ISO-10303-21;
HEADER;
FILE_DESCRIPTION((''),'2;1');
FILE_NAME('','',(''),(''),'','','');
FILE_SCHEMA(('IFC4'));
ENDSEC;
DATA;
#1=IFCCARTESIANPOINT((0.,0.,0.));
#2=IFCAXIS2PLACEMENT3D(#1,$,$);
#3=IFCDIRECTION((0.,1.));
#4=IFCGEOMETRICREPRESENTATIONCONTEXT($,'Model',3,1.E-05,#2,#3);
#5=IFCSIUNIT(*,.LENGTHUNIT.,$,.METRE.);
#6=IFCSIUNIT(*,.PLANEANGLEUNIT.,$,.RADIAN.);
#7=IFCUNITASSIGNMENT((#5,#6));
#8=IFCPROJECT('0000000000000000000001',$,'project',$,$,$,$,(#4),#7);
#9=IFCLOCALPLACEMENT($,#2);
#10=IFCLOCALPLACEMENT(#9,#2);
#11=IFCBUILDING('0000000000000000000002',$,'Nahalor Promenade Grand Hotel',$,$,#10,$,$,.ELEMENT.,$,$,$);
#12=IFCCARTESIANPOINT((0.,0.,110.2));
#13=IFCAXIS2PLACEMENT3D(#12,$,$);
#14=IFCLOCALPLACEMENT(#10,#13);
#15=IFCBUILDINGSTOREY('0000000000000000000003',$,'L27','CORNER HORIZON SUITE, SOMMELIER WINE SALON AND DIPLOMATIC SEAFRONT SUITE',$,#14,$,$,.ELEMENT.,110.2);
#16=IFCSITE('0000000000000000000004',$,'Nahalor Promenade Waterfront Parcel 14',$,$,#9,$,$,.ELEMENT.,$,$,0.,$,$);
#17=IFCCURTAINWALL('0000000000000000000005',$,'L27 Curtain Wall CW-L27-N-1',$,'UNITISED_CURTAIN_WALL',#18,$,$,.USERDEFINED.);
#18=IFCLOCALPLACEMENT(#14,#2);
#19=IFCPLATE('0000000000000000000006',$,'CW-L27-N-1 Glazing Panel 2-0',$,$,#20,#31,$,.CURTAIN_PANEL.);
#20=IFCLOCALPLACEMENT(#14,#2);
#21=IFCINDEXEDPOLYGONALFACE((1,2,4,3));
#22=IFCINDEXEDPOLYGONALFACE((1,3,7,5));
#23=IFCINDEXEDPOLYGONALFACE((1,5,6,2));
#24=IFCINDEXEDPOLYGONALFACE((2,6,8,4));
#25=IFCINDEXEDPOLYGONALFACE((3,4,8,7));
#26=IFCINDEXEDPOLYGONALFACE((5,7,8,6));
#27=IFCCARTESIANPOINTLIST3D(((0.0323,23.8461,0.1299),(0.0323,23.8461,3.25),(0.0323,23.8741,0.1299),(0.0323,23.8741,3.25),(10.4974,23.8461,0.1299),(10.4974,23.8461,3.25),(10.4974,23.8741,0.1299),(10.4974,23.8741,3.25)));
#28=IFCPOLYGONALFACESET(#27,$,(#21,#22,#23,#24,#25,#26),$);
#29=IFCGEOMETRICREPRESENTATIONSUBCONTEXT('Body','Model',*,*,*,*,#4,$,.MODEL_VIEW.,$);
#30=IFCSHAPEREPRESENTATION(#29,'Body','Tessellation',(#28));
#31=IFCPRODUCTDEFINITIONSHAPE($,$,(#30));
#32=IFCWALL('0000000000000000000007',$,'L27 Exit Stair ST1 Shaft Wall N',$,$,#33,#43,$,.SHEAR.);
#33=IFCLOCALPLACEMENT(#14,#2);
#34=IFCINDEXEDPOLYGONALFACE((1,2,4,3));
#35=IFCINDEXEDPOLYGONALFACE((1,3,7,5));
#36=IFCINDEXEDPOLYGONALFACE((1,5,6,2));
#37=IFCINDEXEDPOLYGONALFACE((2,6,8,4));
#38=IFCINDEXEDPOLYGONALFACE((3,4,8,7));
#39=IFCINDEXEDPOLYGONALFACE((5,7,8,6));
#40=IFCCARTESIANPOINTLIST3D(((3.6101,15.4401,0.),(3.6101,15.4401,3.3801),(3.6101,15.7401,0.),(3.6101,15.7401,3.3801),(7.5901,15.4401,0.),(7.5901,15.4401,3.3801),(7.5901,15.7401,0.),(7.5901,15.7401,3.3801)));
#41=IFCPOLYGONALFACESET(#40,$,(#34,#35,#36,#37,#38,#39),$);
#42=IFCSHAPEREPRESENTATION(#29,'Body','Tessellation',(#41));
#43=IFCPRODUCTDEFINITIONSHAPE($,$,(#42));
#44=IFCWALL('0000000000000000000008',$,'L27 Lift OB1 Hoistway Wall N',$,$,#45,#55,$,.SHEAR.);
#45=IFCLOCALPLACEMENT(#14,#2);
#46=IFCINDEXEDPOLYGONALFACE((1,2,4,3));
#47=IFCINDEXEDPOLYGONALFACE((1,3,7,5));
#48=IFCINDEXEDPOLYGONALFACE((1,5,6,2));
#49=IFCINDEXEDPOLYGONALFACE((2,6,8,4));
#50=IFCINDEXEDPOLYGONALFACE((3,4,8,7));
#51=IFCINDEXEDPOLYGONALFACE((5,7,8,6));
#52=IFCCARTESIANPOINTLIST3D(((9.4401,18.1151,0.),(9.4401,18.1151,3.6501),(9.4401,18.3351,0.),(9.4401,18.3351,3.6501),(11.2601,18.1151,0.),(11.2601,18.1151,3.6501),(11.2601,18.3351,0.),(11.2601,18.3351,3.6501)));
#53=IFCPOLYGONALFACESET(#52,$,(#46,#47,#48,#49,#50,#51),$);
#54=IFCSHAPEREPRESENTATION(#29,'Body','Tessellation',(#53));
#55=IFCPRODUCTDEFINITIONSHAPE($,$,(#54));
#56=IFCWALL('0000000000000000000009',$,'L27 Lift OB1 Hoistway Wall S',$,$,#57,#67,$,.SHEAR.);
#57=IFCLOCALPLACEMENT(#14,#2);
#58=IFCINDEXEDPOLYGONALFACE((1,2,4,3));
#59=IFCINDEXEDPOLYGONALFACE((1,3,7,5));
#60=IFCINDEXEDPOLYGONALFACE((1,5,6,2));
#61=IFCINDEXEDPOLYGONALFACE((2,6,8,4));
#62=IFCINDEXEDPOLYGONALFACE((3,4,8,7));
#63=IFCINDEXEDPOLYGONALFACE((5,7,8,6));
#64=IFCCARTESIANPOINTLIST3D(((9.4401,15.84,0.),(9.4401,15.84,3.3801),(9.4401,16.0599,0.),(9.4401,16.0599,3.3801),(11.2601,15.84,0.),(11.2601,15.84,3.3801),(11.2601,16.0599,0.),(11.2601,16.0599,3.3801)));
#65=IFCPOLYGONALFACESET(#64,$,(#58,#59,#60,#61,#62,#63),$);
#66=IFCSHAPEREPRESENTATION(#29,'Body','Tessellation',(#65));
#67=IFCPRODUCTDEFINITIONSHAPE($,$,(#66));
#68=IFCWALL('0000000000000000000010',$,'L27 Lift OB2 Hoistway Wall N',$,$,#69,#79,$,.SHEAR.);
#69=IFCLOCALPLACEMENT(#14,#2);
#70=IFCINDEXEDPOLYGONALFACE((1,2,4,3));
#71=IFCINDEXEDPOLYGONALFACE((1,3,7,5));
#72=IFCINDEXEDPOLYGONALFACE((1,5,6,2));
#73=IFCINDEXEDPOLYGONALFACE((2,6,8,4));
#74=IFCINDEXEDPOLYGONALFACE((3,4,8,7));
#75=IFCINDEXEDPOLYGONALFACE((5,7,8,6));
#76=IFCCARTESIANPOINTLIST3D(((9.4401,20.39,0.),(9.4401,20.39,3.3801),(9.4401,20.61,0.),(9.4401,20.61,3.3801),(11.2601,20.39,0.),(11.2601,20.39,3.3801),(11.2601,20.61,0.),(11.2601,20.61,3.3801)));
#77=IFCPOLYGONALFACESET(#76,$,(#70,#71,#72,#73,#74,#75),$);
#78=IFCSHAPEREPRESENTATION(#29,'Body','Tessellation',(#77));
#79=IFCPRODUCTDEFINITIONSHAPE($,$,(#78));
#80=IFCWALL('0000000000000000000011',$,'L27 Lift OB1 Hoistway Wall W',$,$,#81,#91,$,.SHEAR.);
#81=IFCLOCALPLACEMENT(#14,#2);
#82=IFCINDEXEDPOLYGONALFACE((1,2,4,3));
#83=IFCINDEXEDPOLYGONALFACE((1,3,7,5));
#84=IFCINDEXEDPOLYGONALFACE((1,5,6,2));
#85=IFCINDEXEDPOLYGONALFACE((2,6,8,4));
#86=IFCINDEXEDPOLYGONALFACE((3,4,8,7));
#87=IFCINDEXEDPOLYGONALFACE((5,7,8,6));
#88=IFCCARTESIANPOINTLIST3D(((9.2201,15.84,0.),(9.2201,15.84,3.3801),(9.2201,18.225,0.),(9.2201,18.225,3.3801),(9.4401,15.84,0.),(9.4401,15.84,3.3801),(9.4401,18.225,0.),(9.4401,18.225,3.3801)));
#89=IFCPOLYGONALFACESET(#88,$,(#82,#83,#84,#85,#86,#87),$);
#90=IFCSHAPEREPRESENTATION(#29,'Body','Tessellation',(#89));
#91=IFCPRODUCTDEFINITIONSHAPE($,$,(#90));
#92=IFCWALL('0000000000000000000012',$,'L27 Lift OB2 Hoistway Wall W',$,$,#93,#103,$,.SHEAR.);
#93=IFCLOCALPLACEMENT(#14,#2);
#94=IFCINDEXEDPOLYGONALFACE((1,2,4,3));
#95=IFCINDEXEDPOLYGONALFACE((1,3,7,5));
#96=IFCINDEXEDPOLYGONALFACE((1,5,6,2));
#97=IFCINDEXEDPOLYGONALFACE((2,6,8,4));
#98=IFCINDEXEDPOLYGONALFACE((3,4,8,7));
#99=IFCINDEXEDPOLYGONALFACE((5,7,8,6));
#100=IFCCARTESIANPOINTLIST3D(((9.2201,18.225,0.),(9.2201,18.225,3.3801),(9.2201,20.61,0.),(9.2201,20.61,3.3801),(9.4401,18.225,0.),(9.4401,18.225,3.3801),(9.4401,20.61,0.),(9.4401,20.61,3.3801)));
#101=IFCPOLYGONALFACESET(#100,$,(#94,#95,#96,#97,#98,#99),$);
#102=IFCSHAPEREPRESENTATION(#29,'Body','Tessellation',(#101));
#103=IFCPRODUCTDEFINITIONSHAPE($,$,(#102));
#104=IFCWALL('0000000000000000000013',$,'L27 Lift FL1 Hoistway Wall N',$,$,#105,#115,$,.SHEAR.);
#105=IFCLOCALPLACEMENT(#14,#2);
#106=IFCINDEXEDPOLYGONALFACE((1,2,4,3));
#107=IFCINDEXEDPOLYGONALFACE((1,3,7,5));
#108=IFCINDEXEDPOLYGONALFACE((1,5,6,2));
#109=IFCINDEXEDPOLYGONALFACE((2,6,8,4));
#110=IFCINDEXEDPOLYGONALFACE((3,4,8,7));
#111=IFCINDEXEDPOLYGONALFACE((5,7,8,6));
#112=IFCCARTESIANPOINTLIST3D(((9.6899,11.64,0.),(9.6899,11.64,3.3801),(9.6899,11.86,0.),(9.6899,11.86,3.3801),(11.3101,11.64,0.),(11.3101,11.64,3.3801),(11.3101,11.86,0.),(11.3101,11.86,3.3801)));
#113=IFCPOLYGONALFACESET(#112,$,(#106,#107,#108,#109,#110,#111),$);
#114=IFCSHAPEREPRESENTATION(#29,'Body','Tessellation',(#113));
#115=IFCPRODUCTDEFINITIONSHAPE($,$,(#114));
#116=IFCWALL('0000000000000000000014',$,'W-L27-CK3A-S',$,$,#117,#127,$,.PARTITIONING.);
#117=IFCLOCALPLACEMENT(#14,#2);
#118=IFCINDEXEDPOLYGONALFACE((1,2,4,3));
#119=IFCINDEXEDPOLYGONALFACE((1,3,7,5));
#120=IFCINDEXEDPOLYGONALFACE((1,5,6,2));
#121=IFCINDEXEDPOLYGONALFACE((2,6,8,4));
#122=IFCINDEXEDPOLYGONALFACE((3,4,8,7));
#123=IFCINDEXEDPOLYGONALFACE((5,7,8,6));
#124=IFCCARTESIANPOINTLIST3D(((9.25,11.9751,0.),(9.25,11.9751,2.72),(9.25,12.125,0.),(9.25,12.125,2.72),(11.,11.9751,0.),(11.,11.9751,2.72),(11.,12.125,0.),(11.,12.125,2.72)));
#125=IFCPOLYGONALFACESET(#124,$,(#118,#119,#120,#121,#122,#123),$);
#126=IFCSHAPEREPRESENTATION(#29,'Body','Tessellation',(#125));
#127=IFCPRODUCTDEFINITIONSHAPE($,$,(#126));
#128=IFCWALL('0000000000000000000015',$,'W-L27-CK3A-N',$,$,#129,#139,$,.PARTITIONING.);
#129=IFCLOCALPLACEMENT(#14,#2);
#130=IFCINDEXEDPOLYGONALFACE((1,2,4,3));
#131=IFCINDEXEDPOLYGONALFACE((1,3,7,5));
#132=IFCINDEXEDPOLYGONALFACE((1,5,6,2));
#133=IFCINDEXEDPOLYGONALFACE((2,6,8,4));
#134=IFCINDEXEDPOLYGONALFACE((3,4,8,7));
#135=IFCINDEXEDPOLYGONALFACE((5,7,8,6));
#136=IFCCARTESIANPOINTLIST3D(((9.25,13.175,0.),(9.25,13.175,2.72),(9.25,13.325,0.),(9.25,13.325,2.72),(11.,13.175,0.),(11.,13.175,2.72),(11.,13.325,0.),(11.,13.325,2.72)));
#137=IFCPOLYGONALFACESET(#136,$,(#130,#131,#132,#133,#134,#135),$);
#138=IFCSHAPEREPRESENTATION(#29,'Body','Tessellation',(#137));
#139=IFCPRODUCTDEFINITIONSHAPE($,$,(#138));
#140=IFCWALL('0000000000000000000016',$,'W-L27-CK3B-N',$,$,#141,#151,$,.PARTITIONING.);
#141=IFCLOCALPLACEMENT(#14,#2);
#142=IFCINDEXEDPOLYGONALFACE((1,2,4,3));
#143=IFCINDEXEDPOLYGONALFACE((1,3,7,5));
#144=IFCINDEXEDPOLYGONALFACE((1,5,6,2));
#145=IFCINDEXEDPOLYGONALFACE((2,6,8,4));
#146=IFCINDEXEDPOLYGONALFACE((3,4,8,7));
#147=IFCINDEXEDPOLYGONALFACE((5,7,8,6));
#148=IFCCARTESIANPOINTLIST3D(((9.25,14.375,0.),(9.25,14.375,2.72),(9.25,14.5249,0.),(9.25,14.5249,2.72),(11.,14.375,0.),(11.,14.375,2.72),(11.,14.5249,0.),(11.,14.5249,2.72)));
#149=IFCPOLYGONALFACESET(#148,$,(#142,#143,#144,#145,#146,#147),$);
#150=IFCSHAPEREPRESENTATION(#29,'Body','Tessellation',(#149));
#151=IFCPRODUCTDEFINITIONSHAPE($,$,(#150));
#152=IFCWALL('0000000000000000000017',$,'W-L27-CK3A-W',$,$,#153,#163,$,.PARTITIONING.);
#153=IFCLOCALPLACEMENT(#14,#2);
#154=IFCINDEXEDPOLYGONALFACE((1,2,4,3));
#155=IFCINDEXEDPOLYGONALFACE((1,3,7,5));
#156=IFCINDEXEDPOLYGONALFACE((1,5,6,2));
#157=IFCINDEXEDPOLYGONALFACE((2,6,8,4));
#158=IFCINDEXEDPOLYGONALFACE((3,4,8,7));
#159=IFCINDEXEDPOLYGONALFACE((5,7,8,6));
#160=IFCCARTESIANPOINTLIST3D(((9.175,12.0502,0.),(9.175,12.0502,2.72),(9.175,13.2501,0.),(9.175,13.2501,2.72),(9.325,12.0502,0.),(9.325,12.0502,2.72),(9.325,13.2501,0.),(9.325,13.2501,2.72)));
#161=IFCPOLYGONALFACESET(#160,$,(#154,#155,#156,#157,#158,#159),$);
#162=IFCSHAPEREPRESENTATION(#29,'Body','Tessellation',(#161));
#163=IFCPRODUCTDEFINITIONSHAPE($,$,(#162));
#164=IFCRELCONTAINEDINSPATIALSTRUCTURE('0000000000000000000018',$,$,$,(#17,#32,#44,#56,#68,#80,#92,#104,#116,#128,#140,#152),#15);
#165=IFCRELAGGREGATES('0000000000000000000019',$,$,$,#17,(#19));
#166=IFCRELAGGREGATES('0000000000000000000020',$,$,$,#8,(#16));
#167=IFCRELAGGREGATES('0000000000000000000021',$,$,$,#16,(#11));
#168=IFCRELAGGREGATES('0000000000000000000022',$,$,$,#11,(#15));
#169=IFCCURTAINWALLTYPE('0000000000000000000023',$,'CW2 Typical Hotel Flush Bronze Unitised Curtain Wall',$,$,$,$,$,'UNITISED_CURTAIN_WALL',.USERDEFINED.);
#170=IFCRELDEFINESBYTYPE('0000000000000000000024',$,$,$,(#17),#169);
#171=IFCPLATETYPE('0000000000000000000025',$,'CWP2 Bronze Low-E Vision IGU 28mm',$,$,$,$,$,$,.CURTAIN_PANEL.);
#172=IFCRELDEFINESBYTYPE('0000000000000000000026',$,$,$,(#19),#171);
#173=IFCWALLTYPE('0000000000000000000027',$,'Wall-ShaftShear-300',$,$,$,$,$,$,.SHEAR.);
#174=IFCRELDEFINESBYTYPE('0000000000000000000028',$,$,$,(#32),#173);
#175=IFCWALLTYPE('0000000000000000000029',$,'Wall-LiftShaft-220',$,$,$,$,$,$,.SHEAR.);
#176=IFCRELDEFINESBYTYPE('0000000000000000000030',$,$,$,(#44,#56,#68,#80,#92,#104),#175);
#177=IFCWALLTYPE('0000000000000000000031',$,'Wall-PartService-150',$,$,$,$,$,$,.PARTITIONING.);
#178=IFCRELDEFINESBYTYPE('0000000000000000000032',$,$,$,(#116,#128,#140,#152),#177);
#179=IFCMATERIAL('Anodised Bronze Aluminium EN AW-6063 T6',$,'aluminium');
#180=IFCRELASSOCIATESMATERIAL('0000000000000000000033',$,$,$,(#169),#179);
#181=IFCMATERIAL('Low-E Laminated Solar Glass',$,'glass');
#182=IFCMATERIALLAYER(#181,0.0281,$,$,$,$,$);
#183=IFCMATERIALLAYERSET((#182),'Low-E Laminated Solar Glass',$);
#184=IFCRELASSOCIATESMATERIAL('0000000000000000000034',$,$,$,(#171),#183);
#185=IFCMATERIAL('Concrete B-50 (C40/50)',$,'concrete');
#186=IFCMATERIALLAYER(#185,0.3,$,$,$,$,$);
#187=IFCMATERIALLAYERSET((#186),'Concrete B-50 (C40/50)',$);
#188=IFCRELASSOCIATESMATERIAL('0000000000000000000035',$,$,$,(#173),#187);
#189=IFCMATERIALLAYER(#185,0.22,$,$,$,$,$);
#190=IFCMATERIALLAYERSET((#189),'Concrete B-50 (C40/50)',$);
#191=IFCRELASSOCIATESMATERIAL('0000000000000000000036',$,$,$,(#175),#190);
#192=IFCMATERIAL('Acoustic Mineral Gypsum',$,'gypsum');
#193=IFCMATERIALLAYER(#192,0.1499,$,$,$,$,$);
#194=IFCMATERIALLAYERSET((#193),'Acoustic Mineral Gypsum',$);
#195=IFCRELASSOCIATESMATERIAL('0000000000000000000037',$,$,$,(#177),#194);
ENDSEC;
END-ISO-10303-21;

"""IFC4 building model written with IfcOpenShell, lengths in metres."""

from ifc_helpers import new_model, si_unit, direction, frame, frame_2d, origin, origin_2d, place, context, subcontext, project, spatial, rectangle, extrude, source, transform, mapped, material, layer, layer_set, type_object, element, aggregate, save


model = new_model("IFC4")

# Units and contexts
model_context = context("Model", 3, precision=1e-05, world=origin(), true_north=direction((0.0, 1.0)))
body_context = subcontext(model_context, "Body", "Model", "MODEL_VIEW")
ifc_project = project(units=[si_unit("LENGTHUNIT", "METRE"), si_unit("PLANEANGLEUNIT", "RADIAN")], contexts=[model_context])

# Site, building, storey
site_placement = place(None, origin())
site = spatial("IfcSite", under=ifc_project, at=site_placement, Name="Nahalor Promenade Waterfront Parcel 14", CompositionType="ELEMENT", RefElevation=0.0)
building_placement = place(site_placement, origin())
building = spatial("IfcBuilding", under=site, at=building_placement, Name="Nahalor Promenade Grand Hotel", CompositionType="ELEMENT")
storey_placement = place(building_placement, frame((0.0, 0.0, 110.2)))
storey = spatial("IfcBuildingStorey", under=building, at=storey_placement, Name="L27", Description="CORNER HORIZON SUITE, SOMMELIER WINE SALON AND DIPLOMATIC SEAFRONT SUITE", CompositionType="ELEMENT", Elevation=110.2)

# Curtain wall, plate
ifc_material_1 = material(Name="Anodised Bronze Aluminium EN AW-6063 T6", Category="aluminium")
curtain_wall_type = type_object("IfcCurtainWallType", Name="CW2 Typical Hotel Flush Bronze Unitised Curtain Wall", ElementType="UNITISED_CURTAIN_WALL", PredefinedType="USERDEFINED", material=ifc_material_1)
curtain_wall_placement = place(storey_placement, origin())
curtain_wall = element("IfcCurtainWall", 1, at=curtain_wall_placement, inside=storey, type_object=curtain_wall_type, Name="L27 Curtain Wall CW-L27-N-1", ObjectType="UNITISED_CURTAIN_WALL", PredefinedType="USERDEFINED")
ifc_material_2 = material(Name="Low-E Laminated Solar Glass", Category="glass")
ifc_layer_1 = layer(ifc_material_2, 0.0281)
ifc_layer_set_1 = layer_set([ifc_layer_1], Name="Low-E Laminated Solar Glass")
plate_type = type_object("IfcPlateType", Name="CWP2 Bronze Low-E Vision IGU 28mm", PredefinedType="CURTAIN_PANEL", material=ifc_layer_set_1)
shared_shape_1 = source(origin(), body_context, "Body", "SweptSolid", [
    extrude(rectangle(XDim=10.4651, YDim=0.0281, at=origin_2d()), origin(), (0.0, 0.0, 1.0), 3.1201),
])
plate_placement = place(storey_placement, frame((5.2649, 23.8601, 0.1299), z_axis=(0.0, 0.0, 1.0), x_axis=(1.0, 0.0, 0.0)))
plate = element("IfcPlate", 2, at=plate_placement, type_object=plate_type, Name="CW-L27-N-1 Glazing Panel 2-0", PredefinedType="CURTAIN_PANEL", context=body_context, shape_type="MappedRepresentation", body=[
    mapped(shared_shape_1, transform((0.0, 0.0, 0.0), scale=1.0)),
])
aggregate(curtain_wall, [plate])

# Walls
ifc_material_3 = material(Name="Concrete B-50 (C40/50)", Category="concrete")
ifc_layer_2 = layer(ifc_material_3, 0.3)
ifc_layer_set_2 = layer_set([ifc_layer_2], Name="Concrete B-50 (C40/50)")
wall_type_1 = type_object("IfcWallType", Name="Wall-ShaftShear-300", PredefinedType="SHEAR", material=ifc_layer_set_2)
shared_shape_2 = source(origin(), body_context, "Body", "SweptSolid", [
    extrude(rectangle(XDim=3.98, YDim=0.3, at=frame_2d((1.99, 0.0))), origin(), (0.0, 0.0, 1.0), 3.3801),
])
wall_1_placement = place(storey_placement, frame((3.6101, 15.5901, 0.0), z_axis=(0.0, 0.0, 1.0), x_axis=(1.0, 0.0, 0.0)))
element("IfcWall", 3, at=wall_1_placement, inside=storey, type_object=wall_type_1, Name="L27 Exit Stair ST1 Shaft Wall N", PredefinedType="SHEAR", context=body_context, shape_type="MappedRepresentation", body=[
    mapped(shared_shape_2, transform((0.0, 0.0, 0.0), scale=1.0)),
])
ifc_layer_3 = layer(ifc_material_3, 0.22)
ifc_layer_set_3 = layer_set([ifc_layer_3], Name="Concrete B-50 (C40/50)")
wall_type_2 = type_object("IfcWallType", Name="Wall-LiftShaft-220", PredefinedType="SHEAR", material=ifc_layer_set_3)
shared_shape_3 = source(origin(), body_context, "Body", "SweptSolid", [
    extrude(rectangle(XDim=1.8201, YDim=0.22, at=frame_2d((0.9102, 0.0))), origin(), (0.0, 0.0, 1.0), 3.6501),
])
wall_2_placement = place(storey_placement, frame((9.4399, 18.2251, 0.0), z_axis=(0.0, 0.0, 1.0), x_axis=(1.0, 0.0, 0.0)))
element("IfcWall", 4, at=wall_2_placement, inside=storey, type_object=wall_type_2, Name="L27 Lift OB1 Hoistway Wall N", PredefinedType="SHEAR", context=body_context, shape_type="MappedRepresentation", body=[
    mapped(shared_shape_3, transform((0.0, 0.0, 0.0), scale=1.0)),
])
shared_shape_4 = source(origin(), body_context, "Body", "SweptSolid", [
    extrude(rectangle(XDim=1.8201, YDim=0.22, at=frame_2d((0.9102, 0.0))), origin(), (0.0, 0.0, 1.0), 3.3801),
])
for number, where, z_axis, x_axis, name in (
    (5, (9.4399, 15.95, 0.0), (0.0, 0.0, 1.0), (1.0, 0.0, 0.0), "L27 Lift OB1 Hoistway Wall S"),
    (6, (9.4399, 20.5, 0.0), (0.0, 0.0, 1.0), (1.0, 0.0, 0.0), "L27 Lift OB2 Hoistway Wall N"),
):
    element("IfcWall", number, at=place(storey_placement, frame(where, z_axis=z_axis, x_axis=x_axis)), inside=storey, type_object=wall_type_2, Name=name, PredefinedType="SHEAR", context=body_context, shape_type="MappedRepresentation", body=[
        mapped(shared_shape_4, transform((0.0, 0.0, 0.0), scale=1.0)),
    ])
shared_shape_5 = source(origin(), body_context, "Body", "SweptSolid", [
    extrude(rectangle(XDim=2.385, YDim=0.22, at=frame_2d((1.1924, 0.0))), origin(), (0.0, 0.0, 1.0), 3.3801),
])
for number, where, z_axis, x_axis, name in (
    (7, (9.3301, 15.8401, 0.0), (0.0, 0.0, 1.0), (0.0, 1.0, 0.0), "L27 Lift OB1 Hoistway Wall W"),
    (8, (9.3301, 18.2251, 0.0), (0.0, 0.0, 1.0), (0.0, 1.0, 0.0), "L27 Lift OB2 Hoistway Wall W"),
):
    element("IfcWall", number, at=place(storey_placement, frame(where, z_axis=z_axis, x_axis=x_axis)), inside=storey, type_object=wall_type_2, Name=name, PredefinedType="SHEAR", context=body_context, shape_type="MappedRepresentation", body=[
        mapped(shared_shape_5, transform((0.0, 0.0, 0.0), scale=1.0)),
    ])
shared_shape_6 = source(origin(), body_context, "Body", "SweptSolid", [
    extrude(rectangle(XDim=1.6201, YDim=0.22, at=frame_2d((0.8101, 0.0))), origin(), (0.0, 0.0, 1.0), 3.3801),
])
wall_3_placement = place(storey_placement, frame((9.6899, 11.75, 0.0), z_axis=(0.0, 0.0, 1.0), x_axis=(1.0, 0.0, 0.0)))
element("IfcWall", 9, at=wall_3_placement, inside=storey, type_object=wall_type_2, Name="L27 Lift FL1 Hoistway Wall N", PredefinedType="SHEAR", context=body_context, shape_type="MappedRepresentation", body=[
    mapped(shared_shape_6, transform((0.0, 0.0, 0.0), scale=1.0)),
])
ifc_material_4 = material(Name="Acoustic Mineral Gypsum", Category="gypsum")
ifc_layer_4 = layer(ifc_material_4, 0.1499)
ifc_layer_set_4 = layer_set([ifc_layer_4], Name="Acoustic Mineral Gypsum")
wall_type_3 = type_object("IfcWallType", Name="Wall-PartService-150", PredefinedType="PARTITIONING", material=ifc_layer_set_4)
shared_shape_7 = source(origin(), body_context, "Body", "SweptSolid", [
    extrude(rectangle(XDim=1.75, YDim=0.1499, at=frame_2d((0.875, 0.0))), origin(), (0.0, 0.0, 1.0), 2.72),
])
for number, where, z_axis, x_axis, name in (
    (10, (9.25, 12.05, 0.0), (0.0, 0.0, 1.0), (1.0, 0.0, 0.0), "W-L27-CK3A-S"),
    (11, (9.25, 13.25, 0.0), (0.0, 0.0, 1.0), (1.0, 0.0, 0.0), "W-L27-CK3A-N"),
    (12, (9.25, 14.45, 0.0), (0.0, 0.0, 1.0), (1.0, 0.0, 0.0), "W-L27-CK3B-N"),
):
    element("IfcWall", number, at=place(storey_placement, frame(where, z_axis=z_axis, x_axis=x_axis)), inside=storey, type_object=wall_type_3, Name=name, PredefinedType="PARTITIONING", context=body_context, shape_type="MappedRepresentation", body=[
        mapped(shared_shape_7, transform((0.0, 0.0, 0.0), scale=1.0)),
    ])
shared_shape_8 = source(origin(), body_context, "Body", "SweptSolid", [
    extrude(rectangle(XDim=1.2, YDim=0.1499, at=frame_2d((0.6001, 0.0))), origin(), (0.0, 0.0, 1.0), 2.72),
])
wall_4_placement = place(storey_placement, frame((9.25, 12.05, 0.0), z_axis=(0.0, 0.0, 1.0), x_axis=(0.0, 1.0, 0.0)))
element("IfcWall", 13, at=wall_4_placement, inside=storey, type_object=wall_type_3, Name="W-L27-CK3A-W", PredefinedType="PARTITIONING", context=body_context, shape_type="MappedRepresentation", body=[
    mapped(shared_shape_8, transform((0.0, 0.0, 0.0), scale=1.0)),
])

save(model, "model.ifc")
